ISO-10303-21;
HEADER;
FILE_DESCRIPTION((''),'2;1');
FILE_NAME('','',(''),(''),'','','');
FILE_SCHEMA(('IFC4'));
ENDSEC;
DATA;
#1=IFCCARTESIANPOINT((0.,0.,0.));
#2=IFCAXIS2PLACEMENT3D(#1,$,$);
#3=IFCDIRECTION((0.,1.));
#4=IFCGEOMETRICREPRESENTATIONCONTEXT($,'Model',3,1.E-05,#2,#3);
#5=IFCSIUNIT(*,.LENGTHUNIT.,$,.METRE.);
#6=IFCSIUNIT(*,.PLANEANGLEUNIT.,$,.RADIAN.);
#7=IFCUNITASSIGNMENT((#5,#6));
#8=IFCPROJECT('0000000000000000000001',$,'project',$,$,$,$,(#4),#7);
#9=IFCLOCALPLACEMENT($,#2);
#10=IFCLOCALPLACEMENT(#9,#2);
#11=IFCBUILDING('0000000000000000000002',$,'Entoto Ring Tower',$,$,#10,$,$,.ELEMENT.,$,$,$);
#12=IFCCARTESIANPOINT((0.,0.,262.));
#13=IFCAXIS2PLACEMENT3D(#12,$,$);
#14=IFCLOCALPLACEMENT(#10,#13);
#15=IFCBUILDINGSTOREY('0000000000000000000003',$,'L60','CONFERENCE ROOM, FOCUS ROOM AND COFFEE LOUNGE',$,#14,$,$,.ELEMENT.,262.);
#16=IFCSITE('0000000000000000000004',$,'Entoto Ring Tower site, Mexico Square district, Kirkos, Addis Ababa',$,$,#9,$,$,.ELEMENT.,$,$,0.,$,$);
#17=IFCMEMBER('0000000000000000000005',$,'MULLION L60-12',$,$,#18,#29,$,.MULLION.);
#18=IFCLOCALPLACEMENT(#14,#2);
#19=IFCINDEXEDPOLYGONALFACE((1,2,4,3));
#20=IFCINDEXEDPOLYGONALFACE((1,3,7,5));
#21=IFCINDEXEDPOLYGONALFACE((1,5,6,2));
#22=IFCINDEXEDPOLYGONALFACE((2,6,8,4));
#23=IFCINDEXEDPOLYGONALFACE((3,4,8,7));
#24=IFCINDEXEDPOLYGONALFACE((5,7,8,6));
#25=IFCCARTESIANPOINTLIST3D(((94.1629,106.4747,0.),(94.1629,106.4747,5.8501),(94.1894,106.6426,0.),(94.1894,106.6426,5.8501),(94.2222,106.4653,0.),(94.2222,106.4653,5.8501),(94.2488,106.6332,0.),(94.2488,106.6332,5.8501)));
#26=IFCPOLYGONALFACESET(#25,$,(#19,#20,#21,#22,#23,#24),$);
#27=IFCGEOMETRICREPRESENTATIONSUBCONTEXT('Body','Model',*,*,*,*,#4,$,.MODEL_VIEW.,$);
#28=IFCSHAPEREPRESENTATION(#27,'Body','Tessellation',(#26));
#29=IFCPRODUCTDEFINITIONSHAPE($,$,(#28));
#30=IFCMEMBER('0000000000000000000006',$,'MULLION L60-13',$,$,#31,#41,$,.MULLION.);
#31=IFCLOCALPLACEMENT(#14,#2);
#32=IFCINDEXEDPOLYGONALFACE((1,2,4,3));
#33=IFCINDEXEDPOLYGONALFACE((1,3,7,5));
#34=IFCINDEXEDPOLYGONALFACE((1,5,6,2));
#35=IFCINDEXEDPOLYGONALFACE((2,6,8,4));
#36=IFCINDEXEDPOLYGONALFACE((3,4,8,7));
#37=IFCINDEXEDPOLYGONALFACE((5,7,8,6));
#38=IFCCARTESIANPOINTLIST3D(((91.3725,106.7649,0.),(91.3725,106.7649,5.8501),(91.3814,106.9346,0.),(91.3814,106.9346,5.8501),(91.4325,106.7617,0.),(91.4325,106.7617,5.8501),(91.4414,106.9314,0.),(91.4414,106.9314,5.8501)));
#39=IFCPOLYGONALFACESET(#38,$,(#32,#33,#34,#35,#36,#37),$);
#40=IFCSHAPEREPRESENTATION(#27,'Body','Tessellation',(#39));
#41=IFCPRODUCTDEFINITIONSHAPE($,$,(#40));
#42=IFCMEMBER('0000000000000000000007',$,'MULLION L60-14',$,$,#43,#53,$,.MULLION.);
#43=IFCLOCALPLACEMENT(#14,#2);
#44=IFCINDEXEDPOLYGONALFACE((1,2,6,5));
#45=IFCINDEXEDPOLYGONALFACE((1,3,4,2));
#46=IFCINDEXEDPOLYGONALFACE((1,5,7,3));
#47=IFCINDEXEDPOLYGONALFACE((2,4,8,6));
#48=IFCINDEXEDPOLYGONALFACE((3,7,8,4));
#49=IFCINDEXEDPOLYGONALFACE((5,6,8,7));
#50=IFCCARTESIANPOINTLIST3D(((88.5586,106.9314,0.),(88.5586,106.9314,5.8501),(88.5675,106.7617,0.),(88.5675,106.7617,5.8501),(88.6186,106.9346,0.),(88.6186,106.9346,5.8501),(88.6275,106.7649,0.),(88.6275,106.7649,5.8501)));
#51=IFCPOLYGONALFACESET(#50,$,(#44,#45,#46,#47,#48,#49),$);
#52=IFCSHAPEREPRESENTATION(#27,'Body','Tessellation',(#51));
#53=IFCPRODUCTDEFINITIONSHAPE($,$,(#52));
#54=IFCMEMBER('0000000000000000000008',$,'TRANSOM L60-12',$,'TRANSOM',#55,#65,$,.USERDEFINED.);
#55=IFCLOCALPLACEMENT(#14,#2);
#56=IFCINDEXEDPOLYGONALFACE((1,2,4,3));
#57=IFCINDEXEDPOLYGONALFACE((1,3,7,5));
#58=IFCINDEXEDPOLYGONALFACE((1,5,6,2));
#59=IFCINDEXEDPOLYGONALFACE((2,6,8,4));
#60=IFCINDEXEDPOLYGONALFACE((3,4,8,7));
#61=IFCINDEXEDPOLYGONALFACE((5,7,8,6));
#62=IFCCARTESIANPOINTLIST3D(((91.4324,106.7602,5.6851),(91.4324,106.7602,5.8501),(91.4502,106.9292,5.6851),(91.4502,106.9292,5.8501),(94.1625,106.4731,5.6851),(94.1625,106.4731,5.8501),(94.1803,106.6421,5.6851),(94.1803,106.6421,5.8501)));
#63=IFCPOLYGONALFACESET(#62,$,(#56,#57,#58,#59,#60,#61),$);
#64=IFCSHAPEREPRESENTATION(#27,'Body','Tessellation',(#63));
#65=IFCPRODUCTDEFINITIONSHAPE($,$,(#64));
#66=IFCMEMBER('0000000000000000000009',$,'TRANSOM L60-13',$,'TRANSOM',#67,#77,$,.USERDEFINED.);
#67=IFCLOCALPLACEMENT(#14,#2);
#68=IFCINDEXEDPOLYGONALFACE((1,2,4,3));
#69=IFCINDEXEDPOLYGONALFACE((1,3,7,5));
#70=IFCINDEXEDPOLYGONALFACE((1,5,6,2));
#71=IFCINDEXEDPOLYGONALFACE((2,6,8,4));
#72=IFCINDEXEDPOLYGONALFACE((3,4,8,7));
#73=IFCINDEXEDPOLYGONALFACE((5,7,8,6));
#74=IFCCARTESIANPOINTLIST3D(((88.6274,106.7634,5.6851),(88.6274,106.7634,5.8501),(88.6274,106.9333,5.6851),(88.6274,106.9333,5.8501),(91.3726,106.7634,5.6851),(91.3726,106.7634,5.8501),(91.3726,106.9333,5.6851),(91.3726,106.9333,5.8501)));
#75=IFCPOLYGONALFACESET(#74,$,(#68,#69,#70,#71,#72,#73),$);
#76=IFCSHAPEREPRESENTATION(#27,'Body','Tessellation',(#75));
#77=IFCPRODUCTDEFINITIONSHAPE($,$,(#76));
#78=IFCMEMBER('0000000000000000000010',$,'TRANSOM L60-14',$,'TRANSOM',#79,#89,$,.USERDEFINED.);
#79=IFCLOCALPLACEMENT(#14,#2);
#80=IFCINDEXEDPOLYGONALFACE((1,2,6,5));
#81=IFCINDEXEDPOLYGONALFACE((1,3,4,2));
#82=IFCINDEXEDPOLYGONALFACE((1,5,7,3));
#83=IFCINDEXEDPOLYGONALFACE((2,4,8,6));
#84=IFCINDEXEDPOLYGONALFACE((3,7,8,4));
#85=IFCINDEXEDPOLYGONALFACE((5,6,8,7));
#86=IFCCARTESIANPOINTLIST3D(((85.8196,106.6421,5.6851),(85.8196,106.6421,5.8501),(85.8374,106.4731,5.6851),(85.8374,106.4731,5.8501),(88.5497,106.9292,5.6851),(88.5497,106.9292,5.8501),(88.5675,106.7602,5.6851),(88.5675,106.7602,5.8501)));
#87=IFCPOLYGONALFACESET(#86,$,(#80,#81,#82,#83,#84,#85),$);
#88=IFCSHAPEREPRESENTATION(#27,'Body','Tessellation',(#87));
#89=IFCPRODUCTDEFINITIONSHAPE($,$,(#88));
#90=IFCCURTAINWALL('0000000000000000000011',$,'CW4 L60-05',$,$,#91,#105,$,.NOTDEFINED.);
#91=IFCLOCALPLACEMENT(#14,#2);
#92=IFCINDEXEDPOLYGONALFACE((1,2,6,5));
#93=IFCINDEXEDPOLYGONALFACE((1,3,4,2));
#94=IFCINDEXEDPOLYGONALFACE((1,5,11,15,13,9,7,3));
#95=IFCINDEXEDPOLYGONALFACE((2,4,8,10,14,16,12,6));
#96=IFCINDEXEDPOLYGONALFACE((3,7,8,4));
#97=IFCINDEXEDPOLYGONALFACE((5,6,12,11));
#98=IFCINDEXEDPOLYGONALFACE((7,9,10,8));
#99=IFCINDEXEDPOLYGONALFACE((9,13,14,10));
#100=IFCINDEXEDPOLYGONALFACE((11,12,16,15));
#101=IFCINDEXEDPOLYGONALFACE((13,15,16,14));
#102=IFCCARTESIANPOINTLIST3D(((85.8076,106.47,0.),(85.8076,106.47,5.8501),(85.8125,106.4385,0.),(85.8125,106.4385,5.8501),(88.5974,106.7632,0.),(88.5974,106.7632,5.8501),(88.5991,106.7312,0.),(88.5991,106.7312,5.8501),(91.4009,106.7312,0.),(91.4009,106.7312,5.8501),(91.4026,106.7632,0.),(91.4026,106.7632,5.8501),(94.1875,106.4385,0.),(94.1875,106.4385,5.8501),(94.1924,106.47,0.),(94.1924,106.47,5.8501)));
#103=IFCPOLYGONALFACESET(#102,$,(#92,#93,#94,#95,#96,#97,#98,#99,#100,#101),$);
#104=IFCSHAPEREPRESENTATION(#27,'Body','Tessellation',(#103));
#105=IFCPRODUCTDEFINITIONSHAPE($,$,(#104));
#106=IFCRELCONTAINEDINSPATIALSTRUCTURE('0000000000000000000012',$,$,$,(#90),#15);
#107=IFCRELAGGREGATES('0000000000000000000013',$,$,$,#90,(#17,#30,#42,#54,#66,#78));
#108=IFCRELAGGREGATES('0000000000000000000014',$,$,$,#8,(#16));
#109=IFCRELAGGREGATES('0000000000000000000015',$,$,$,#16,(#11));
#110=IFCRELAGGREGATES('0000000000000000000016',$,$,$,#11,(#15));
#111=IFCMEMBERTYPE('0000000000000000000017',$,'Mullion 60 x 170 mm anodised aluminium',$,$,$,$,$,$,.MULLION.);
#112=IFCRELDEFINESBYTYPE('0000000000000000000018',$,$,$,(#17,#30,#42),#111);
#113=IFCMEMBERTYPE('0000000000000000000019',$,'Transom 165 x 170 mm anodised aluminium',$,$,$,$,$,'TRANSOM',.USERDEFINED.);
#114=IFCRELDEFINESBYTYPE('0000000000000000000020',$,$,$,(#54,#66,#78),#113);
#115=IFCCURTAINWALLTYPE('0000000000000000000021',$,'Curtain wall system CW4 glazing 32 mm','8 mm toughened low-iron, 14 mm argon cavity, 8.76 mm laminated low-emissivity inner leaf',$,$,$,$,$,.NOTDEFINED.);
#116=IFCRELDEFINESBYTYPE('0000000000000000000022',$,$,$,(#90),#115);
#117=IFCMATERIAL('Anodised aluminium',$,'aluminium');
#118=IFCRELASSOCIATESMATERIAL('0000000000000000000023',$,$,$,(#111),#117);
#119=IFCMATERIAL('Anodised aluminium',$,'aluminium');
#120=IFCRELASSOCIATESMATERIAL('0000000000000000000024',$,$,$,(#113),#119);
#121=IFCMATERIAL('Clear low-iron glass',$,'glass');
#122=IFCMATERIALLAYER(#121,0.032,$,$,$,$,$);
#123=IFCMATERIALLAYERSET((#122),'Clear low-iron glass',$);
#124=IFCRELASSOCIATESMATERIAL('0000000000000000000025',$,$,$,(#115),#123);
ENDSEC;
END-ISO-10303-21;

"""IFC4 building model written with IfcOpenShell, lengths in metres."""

from ifc_helpers import new_model, si_unit, direction, frame, origin, origin_2d, place, context, subcontext, project, spatial, polyline, rectangle, outline, extrude, material, layer, layer_set, material_profile, profile_set, type_object, element, aggregate, save


model = new_model("IFC4")

# Units and contexts
model_context = context("Model", 3, precision=1e-05, world=origin(), true_north=direction((0.0, 1.0)))
body_context = subcontext(model_context, "Body", "Model", "MODEL_VIEW")
ifc_project = project(units=[si_unit("LENGTHUNIT", "METRE"), si_unit("PLANEANGLEUNIT", "RADIAN")], contexts=[model_context])

# Members
ifc_material_1 = material(Name="Anodised aluminium", Category="aluminium")
ifc_material_profile_1 = material_profile(ifc_material_1, rectangle(XDim=0.0601, YDim=0.1699, at=origin_2d()), Name="Mullion 60 x 170 mm anodised aluminium")
ifc_profile_set_1 = profile_set([ifc_material_profile_1], Name="Anodised aluminium")
member_type_1 = type_object("IfcMemberType", Name="Mullion 60 x 170 mm anodised aluminium", PredefinedType="MULLION", material=ifc_profile_set_1)
site_placement = place(None, origin())
building_placement = place(site_placement, origin())
storey_placement = place(building_placement, frame((0.0, 0.0, 262.0)))
member_1_placement = place(storey_placement, frame((94.2058, 106.554, 0.0), z_axis=(0.0, 0.0, 1.0), x_axis=(-0.987688, 0.156434, 0.0)))
member_1 = element("IfcMember", 1, at=member_1_placement, type_object=member_type_1, Name="MULLION L60-12", PredefinedType="MULLION", context=body_context, shape_type="SweptSolid", body=[
    extrude(rectangle(XDim=0.0601, YDim=0.1699, at=origin_2d()), origin(), (0.0, 0.0, 1.0), 5.8501),
])
member_2_placement = place(storey_placement, frame((91.407, 106.8481, 0.0), z_axis=(0.0, 0.0, 1.0), x_axis=(-0.99863, 0.052336, 0.0)))
member_2 = element("IfcMember", 2, at=member_2_placement, type_object=member_type_1, Name="MULLION L60-13", PredefinedType="MULLION", context=body_context, shape_type="SweptSolid", body=[
    extrude(rectangle(XDim=0.0601, YDim=0.1699, at=origin_2d()), origin(), (0.0, 0.0, 1.0), 5.8501),
])
member_3_placement = place(storey_placement, frame((88.593, 106.8481, 0.0), z_axis=(0.0, 0.0, 1.0), x_axis=(-0.99863, -0.052336, 0.0)))
member_3 = element("IfcMember", 3, at=member_3_placement, type_object=member_type_1, Name="MULLION L60-14", PredefinedType="MULLION", context=body_context, shape_type="SweptSolid", body=[
    extrude(rectangle(XDim=0.0601, YDim=0.1699, at=origin_2d()), origin(), (0.0, 0.0, 1.0), 5.8501),
])
ifc_material_2 = material(Name="Anodised aluminium", Category="aluminium")
ifc_material_profile_2 = material_profile(ifc_material_2, rectangle(XDim=0.1699, YDim=0.165, at=origin_2d()), Name="Transom 165 x 170 mm anodised aluminium")
ifc_profile_set_2 = profile_set([ifc_material_profile_2], Name="Anodised aluminium")
member_type_2 = type_object("IfcMemberType", Name="Transom 165 x 170 mm anodised aluminium", ElementType="TRANSOM", PredefinedType="USERDEFINED", material=ifc_profile_set_2)
member_4_placement = place(storey_placement, frame((94.1714, 106.5576, 5.7676), z_axis=(-0.994515, 0.104592, 0.0), x_axis=(-0.104592, -0.994515, 0.0)))
member_4 = element("IfcMember", 4, at=member_4_placement, type_object=member_type_2, Name="TRANSOM L60-12", ObjectType="TRANSOM", PredefinedType="USERDEFINED", context=body_context, shape_type="SweptSolid", body=[
    extrude(rectangle(XDim=0.1699, YDim=0.165, at=origin_2d()), origin(), (0.0, 0.0, 1.0), 2.7451),
])
member_5_placement = place(storey_placement, frame((91.3726, 106.8484, 5.7676), z_axis=(-1.0, 0.0, 0.0), x_axis=(0.0, -1.0, 0.0)))
member_5 = element("IfcMember", 5, at=member_5_placement, type_object=member_type_2, Name="TRANSOM L60-13", ObjectType="TRANSOM", PredefinedType="USERDEFINED", context=body_context, shape_type="SweptSolid", body=[
    extrude(rectangle(XDim=0.1699, YDim=0.165, at=origin_2d()), origin(), (0.0, 0.0, 1.0), 2.7451),
])
member_6_placement = place(storey_placement, frame((88.5586, 106.8447, 5.7676), z_axis=(-0.994515, -0.104592, 0.0), x_axis=(0.104592, -0.994515, 0.0)))
member_6 = element("IfcMember", 6, at=member_6_placement, type_object=member_type_2, Name="TRANSOM L60-14", ObjectType="TRANSOM", PredefinedType="USERDEFINED", context=body_context, shape_type="SweptSolid", body=[
    extrude(rectangle(XDim=0.1699, YDim=0.165, at=origin_2d()), origin(), (0.0, 0.0, 1.0), 2.7451),
])

# Site, building, storey
site = spatial("IfcSite", under=ifc_project, at=site_placement, Name="Entoto Ring Tower site, Mexico Square district, Kirkos, Addis Ababa", CompositionType="ELEMENT", RefElevation=0.0)
building = spatial("IfcBuilding", under=site, at=building_placement, Name="Entoto Ring Tower", CompositionType="ELEMENT")
storey = spatial("IfcBuildingStorey", under=building, at=storey_placement, Name="L60", Description="CONFERENCE ROOM, FOCUS ROOM AND COFFEE LOUNGE", CompositionType="ELEMENT", Elevation=262.0)

# Curtain wall
ifc_material_3 = material(Name="Clear low-iron glass", Category="glass")
ifc_layer = layer(ifc_material_3, 0.032)
ifc_layer_set = layer_set([ifc_layer], Name="Clear low-iron glass")
curtain_wall_type = type_object("IfcCurtainWallType", Name="Curtain wall system CW4 glazing 32 mm", Description="8 mm toughened low-iron, 14 mm argon cavity, 8.76 mm laminated low-emissivity inner leaf", PredefinedType="NOTDEFINED", material=ifc_layer_set)
curtain_wall_1_placement = place(storey_placement, origin())
curtain_wall_1 = element("IfcCurtainWall", 7, at=curtain_wall_1_placement, inside=storey, type_object=curtain_wall_type, Name="CW4 L60-05", PredefinedType="NOTDEFINED", context=body_context, shape_type="SweptSolid", body=[
    extrude(outline(polyline([(94.1924, 106.47), (91.4026, 106.7632), (88.5974, 106.7632), (85.8076, 106.47), (85.8125, 106.4385), (88.5991, 106.7312), (91.4009, 106.7312), (94.1875, 106.4385), (94.1924, 106.47)])), origin(), (0.0, 0.0, 1.0), 5.8501),
])
aggregate(curtain_wall_1, [member_1, member_2, member_3, member_4, member_5, member_6])

save(model, "model.ifc")
